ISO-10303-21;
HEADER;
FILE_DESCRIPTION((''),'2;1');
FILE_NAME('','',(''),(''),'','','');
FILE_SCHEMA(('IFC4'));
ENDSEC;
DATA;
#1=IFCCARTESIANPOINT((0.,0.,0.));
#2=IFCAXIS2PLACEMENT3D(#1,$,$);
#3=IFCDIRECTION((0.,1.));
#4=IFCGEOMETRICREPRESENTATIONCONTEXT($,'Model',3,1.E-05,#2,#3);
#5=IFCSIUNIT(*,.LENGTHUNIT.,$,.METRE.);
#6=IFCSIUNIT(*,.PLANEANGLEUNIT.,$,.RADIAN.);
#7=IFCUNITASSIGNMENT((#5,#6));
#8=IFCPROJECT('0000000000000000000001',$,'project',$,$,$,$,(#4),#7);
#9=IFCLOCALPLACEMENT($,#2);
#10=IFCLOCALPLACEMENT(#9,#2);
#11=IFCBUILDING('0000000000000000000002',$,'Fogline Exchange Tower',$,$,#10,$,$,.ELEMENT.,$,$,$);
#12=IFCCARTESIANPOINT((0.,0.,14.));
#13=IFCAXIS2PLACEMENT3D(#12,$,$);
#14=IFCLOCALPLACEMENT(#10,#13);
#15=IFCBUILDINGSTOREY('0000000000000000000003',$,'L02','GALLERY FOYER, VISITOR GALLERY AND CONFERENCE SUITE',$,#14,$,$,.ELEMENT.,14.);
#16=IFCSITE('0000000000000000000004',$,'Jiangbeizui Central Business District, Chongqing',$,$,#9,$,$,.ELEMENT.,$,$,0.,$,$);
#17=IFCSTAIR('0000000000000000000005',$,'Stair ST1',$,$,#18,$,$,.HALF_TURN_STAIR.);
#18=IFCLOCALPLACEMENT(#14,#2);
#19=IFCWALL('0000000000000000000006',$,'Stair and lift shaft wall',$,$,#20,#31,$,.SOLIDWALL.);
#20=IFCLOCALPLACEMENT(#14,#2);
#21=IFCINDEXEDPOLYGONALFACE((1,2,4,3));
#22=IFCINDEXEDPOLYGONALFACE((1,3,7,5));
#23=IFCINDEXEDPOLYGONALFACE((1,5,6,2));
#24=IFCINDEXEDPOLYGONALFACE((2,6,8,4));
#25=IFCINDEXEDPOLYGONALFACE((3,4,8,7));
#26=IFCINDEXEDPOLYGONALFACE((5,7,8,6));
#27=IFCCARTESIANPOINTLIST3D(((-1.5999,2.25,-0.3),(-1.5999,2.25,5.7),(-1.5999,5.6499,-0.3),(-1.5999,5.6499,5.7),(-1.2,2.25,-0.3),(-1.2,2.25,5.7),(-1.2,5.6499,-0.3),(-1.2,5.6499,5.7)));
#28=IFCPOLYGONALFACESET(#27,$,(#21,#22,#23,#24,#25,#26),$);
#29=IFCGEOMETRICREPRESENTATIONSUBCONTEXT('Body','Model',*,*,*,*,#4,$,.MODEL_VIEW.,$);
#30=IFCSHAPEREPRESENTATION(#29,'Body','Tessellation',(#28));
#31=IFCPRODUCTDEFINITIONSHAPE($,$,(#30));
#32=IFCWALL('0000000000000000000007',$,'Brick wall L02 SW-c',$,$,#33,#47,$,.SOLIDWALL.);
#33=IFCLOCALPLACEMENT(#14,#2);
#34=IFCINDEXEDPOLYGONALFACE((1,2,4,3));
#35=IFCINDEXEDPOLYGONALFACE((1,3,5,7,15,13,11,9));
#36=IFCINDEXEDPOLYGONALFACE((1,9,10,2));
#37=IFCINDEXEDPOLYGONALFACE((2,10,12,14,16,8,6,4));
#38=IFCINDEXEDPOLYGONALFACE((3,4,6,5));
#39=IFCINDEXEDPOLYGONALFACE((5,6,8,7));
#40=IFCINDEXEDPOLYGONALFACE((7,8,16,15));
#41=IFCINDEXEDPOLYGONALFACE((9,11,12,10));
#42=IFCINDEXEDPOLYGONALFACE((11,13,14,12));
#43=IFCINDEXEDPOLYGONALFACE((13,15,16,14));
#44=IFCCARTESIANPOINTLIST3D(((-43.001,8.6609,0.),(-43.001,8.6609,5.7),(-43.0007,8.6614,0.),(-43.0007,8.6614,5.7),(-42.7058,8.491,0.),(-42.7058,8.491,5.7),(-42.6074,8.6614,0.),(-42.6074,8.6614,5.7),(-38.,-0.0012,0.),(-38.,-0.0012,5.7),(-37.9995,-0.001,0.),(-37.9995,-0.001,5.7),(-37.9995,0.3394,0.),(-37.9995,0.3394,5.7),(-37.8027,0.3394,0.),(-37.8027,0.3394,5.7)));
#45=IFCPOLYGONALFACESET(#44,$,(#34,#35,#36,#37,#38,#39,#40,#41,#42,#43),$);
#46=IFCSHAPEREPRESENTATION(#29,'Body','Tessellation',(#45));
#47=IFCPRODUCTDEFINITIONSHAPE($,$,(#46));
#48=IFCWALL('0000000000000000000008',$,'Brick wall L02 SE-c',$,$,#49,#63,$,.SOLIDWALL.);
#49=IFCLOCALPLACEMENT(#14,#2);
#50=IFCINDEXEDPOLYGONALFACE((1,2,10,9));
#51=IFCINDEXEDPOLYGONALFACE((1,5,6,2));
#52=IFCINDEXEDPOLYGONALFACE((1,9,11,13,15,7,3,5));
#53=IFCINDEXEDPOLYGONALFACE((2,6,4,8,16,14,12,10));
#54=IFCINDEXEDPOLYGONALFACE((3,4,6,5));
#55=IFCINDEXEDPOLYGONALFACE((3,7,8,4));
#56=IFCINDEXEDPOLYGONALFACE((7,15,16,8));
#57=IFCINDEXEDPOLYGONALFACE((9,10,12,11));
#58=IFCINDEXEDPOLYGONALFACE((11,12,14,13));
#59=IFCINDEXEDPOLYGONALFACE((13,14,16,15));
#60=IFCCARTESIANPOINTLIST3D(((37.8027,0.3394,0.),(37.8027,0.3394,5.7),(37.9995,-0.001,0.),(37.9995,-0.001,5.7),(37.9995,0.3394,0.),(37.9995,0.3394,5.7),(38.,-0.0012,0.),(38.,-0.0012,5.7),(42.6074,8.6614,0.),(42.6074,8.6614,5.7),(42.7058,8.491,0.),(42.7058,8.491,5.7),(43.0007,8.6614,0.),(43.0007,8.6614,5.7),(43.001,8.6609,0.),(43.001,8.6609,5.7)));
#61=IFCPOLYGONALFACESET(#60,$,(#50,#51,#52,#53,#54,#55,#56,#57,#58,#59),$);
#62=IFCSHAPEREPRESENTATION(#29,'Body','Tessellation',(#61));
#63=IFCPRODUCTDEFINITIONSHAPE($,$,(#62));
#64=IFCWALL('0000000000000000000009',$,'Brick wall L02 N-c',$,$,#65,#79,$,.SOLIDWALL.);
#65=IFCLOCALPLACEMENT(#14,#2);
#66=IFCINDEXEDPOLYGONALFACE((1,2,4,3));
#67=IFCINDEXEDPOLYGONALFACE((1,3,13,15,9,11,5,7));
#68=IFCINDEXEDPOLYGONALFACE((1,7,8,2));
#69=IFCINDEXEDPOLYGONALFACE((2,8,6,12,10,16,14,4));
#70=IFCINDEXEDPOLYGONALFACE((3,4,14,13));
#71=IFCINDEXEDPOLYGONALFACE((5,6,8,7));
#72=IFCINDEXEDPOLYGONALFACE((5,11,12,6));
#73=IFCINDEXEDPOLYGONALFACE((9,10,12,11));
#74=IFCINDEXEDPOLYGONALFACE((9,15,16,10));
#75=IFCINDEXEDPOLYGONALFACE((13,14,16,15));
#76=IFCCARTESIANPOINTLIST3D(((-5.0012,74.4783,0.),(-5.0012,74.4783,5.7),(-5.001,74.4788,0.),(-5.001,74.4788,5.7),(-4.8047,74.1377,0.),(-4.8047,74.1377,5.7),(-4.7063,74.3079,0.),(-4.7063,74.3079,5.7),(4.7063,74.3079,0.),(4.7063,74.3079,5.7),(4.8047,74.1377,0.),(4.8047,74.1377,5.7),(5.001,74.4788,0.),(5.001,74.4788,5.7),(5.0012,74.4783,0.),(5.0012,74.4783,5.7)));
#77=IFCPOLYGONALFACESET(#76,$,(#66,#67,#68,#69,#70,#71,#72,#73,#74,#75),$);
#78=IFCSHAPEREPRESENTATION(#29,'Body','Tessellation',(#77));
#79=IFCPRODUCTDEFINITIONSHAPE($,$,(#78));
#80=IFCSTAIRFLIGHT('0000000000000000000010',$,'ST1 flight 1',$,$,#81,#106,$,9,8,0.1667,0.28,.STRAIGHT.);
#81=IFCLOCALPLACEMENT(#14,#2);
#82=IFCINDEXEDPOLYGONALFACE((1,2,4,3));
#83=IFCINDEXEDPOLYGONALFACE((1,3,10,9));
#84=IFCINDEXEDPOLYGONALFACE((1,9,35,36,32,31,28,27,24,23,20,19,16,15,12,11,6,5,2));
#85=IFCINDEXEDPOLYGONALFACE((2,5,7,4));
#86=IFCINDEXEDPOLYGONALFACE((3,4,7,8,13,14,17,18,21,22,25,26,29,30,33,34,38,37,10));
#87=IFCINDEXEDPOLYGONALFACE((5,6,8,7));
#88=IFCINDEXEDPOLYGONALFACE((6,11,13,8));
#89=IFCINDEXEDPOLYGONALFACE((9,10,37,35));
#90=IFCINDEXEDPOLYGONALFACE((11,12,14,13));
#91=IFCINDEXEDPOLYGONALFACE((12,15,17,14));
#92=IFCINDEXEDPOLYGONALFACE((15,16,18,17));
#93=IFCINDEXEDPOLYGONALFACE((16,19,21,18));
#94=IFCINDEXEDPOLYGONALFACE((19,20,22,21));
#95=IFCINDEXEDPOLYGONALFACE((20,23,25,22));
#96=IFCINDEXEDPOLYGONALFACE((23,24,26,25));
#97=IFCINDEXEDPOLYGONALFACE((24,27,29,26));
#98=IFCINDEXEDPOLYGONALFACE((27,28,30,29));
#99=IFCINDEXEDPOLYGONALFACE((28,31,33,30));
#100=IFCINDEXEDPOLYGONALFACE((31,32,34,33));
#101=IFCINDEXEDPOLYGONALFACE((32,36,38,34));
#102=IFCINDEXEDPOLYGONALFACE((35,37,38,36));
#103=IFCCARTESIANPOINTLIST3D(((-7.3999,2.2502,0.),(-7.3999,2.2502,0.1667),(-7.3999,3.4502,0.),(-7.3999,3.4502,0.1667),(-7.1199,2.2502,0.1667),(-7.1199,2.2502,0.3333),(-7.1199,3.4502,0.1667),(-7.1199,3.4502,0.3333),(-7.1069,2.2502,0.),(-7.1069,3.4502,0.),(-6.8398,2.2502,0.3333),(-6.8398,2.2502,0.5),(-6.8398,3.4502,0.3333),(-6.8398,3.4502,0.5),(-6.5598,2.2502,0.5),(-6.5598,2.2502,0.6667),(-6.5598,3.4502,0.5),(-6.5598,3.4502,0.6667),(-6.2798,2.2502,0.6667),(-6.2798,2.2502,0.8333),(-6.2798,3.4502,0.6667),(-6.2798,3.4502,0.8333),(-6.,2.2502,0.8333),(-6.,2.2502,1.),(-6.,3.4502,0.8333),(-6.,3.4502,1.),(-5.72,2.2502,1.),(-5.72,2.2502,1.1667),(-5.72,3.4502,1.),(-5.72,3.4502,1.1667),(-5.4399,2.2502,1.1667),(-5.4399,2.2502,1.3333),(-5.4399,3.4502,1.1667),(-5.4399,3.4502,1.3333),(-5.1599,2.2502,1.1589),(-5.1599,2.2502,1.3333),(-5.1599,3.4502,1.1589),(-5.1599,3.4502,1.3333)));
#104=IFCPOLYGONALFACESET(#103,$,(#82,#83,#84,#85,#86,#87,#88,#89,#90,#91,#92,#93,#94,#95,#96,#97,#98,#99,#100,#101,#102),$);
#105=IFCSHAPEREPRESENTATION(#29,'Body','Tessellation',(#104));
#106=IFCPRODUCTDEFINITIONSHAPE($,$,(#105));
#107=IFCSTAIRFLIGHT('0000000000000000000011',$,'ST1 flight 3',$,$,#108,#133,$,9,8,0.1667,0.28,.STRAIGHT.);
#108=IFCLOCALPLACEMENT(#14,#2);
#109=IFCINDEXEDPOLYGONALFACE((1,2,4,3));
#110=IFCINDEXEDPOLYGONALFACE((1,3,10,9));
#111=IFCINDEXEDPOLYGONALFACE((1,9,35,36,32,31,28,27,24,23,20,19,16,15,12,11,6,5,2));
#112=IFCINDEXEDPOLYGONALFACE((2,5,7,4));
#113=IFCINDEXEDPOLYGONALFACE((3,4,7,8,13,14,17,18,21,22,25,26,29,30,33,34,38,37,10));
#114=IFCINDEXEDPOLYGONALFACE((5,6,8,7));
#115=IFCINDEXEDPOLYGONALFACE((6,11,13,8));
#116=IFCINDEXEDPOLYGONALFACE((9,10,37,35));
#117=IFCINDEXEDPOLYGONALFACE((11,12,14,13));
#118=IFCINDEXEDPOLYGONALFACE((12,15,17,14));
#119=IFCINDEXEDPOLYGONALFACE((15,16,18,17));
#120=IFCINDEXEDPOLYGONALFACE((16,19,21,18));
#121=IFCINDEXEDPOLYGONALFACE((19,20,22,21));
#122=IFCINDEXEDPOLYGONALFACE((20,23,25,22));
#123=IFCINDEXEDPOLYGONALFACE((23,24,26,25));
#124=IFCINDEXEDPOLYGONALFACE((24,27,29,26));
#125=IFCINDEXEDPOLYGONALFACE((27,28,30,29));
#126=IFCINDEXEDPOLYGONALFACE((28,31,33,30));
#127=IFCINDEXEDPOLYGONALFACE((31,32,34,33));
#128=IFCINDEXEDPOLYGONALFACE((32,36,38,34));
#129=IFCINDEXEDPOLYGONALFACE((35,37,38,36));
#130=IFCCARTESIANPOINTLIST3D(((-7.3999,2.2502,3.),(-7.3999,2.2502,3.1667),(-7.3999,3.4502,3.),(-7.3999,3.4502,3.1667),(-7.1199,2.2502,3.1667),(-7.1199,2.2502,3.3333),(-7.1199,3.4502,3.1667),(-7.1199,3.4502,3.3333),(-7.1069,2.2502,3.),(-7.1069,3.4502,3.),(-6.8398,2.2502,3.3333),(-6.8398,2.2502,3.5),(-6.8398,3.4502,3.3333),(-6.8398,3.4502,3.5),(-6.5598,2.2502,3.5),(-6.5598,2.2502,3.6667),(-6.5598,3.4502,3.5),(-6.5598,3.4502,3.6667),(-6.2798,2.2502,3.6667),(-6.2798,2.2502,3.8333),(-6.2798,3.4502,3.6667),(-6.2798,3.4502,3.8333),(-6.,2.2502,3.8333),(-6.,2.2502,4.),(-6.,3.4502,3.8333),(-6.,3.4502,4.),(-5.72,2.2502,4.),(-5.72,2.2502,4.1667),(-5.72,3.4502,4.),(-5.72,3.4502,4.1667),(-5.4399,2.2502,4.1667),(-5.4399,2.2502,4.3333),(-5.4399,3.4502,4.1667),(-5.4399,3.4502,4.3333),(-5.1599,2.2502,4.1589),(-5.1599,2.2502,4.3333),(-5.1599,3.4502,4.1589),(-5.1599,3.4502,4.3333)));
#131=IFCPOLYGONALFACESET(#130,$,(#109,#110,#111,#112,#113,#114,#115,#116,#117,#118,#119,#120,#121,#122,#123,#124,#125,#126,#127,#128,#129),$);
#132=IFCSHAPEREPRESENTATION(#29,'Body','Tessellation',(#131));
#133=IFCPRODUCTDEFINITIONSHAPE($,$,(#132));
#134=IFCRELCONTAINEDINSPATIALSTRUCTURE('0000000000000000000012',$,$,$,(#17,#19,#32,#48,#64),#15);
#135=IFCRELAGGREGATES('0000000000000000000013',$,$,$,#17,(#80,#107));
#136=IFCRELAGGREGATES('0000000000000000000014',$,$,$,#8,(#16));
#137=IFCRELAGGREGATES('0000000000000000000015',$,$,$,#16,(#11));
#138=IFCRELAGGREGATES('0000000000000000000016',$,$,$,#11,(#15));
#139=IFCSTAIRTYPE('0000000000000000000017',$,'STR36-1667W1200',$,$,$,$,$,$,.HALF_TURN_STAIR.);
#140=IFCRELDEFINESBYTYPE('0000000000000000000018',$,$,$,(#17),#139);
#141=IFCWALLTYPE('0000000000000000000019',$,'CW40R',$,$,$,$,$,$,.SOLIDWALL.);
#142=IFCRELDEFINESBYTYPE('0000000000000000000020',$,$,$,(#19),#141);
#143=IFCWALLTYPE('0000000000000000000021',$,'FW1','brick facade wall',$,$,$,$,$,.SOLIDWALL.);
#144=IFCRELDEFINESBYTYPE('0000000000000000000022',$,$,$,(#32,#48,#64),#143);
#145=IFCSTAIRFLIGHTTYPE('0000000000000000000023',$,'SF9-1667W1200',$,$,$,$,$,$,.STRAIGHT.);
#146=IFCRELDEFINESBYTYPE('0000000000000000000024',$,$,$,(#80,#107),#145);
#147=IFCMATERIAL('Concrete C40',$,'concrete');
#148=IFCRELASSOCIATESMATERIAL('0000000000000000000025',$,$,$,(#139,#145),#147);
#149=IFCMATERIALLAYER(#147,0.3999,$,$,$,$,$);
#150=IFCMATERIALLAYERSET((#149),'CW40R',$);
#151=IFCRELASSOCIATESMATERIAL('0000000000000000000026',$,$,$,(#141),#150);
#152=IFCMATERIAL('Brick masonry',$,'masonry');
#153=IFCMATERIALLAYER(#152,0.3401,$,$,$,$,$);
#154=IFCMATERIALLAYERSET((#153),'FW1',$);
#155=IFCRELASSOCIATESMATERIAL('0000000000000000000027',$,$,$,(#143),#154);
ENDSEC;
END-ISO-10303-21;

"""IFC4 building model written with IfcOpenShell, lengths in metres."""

from ifc_helpers import new_model, si_unit, direction, frame, frame_2d, origin, place, context, subcontext, project, spatial, polyline, rectangle, outline, extrude, material, layer, layer_set, type_object, element, aggregate, save


model = new_model("IFC4")

# Units and contexts
model_context = context("Model", 3, precision=1e-05, world=origin(), true_north=direction((0.0, 1.0)))
body_context = subcontext(model_context, "Body", "Model", "MODEL_VIEW")
ifc_project = project(units=[si_unit("LENGTHUNIT", "METRE"), si_unit("PLANEANGLEUNIT", "RADIAN")], contexts=[model_context])

# Site, building, storey
site_placement = place(None, origin())
site = spatial("IfcSite", under=ifc_project, at=site_placement, Name="Jiangbeizui Central Business District, Chongqing", CompositionType="ELEMENT", RefElevation=0.0)
building_placement = place(site_placement, origin())
building = spatial("IfcBuilding", under=site, at=building_placement, Name="Fogline Exchange Tower", CompositionType="ELEMENT")
storey_placement = place(building_placement, frame((0.0, 0.0, 14.0)))
storey = spatial("IfcBuildingStorey", under=building, at=storey_placement, Name="L02", Description="GALLERY FOYER, VISITOR GALLERY AND CONFERENCE SUITE", CompositionType="ELEMENT", Elevation=14.0)

# Shared definitions
ifc_material_1 = material(Name="Concrete C40", Category="concrete")

# Stair
stair_type = type_object("IfcStairType", Name="STR36-1667W1200", PredefinedType="HALF_TURN_STAIR", material=ifc_material_1)
stair_placement = place(storey_placement, origin())
stair = element("IfcStair", 1, at=stair_placement, inside=storey, type_object=stair_type, Name="Stair ST1", PredefinedType="HALF_TURN_STAIR")

# Walls
ifc_layer_1 = layer(ifc_material_1, 0.3999)
ifc_layer_set_1 = layer_set([ifc_layer_1], Name="CW40R")
wall_type_1 = type_object("IfcWallType", Name="CW40R", PredefinedType="SOLIDWALL", material=ifc_layer_set_1)
wall_1_placement = place(storey_placement, frame((-1.3999, 2.25, -0.3), z_axis=(0.0, 0.0, 1.0), x_axis=(0.0, 1.0, 0.0)))
element("IfcWall", 2, at=wall_1_placement, inside=storey, type_object=wall_type_1, Name="Stair and lift shaft wall", PredefinedType="SOLIDWALL", context=body_context, shape_type="SweptSolid", body=[
    extrude(rectangle(XDim=3.3999, YDim=0.3999, at=frame_2d((1.7, 0.0))), origin(), (0.0, 0.0, 1.0), 6.0),
])
ifc_material_2 = material(Name="Brick masonry", Category="masonry")
ifc_layer_2 = layer(ifc_material_2, 0.3401)
ifc_layer_set_2 = layer_set([ifc_layer_2], Name="FW1")
wall_type_2 = type_object("IfcWallType", Name="FW1", Description="brick facade wall", PredefinedType="SOLIDWALL", material=ifc_layer_set_2)
wall_2_placement = place(storey_placement, origin())
element("IfcWall", 3, at=wall_2_placement, inside=storey, type_object=wall_type_2, Name="Brick wall L02 SW-c", PredefinedType="SOLIDWALL", context=body_context, shape_type="SweptSolid", body=[
    extrude(outline(polyline([(-43.0007, 8.6614), (-42.7058, 8.491), (-42.6074, 8.6614), (-37.8027, 0.3394), (-37.9995, 0.3394), (-37.9995, -0.001), (-38.0, -0.0012), (-43.001, 8.6609), (-43.0007, 8.6614)])), origin(), (0.0, 0.0, 1.0), 5.7),
])
wall_3_placement = place(storey_placement, origin())
element("IfcWall", 4, at=wall_3_placement, inside=storey, type_object=wall_type_2, Name="Brick wall L02 SE-c", PredefinedType="SOLIDWALL", context=body_context, shape_type="SweptSolid", body=[
    extrude(outline(polyline([(37.9995, -0.001), (37.9995, 0.3394), (37.8027, 0.3394), (42.6074, 8.6614), (42.7058, 8.491), (43.0007, 8.6614), (43.001, 8.6609), (38.0, -0.0012), (37.9995, -0.001)])), origin(), (0.0, 0.0, 1.0), 5.7),
])
wall_4_placement = place(storey_placement, origin())
element("IfcWall", 5, at=wall_4_placement, inside=storey, type_object=wall_type_2, Name="Brick wall L02 N-c", PredefinedType="SOLIDWALL", context=body_context, shape_type="SweptSolid", body=[
    extrude(outline(polyline([(5.0012, 74.4783), (4.7063, 74.3079), (4.8047, 74.1377), (-4.8047, 74.1377), (-4.7063, 74.3079), (-5.0012, 74.4783), (-5.001, 74.4788), (5.001, 74.4788), (5.0012, 74.4783)])), origin(), (0.0, 0.0, 1.0), 5.7),
])

# Stair flights
stair_flight_type = type_object("IfcStairFlightType", Name="SF9-1667W1200", PredefinedType="STRAIGHT", material=ifc_material_1)
stair_flight_1_placement = place(storey_placement, frame((-7.3999, 2.8501, 0.0), z_axis=(0.0, 0.0, 1.0), x_axis=(1.0, 0.0, 0.0)))
stair_flight_1 = element("IfcStairFlight", 6, at=stair_flight_1_placement, type_object=stair_flight_type, Name="ST1 flight 1", NumberOfRisers=9, NumberOfTreads=8, PredefinedType="STRAIGHT", RiserHeight=0.1667, TreadLength=0.28, context=body_context, shape_type="SweptSolid", body=[
    extrude(outline(polyline([(0.0, 0.0), (0.0, 0.1667), (0.28, 0.1667), (0.28, 0.3333), (0.5601, 0.3333), (0.5601, 0.5), (0.8401, 0.5), (0.8401, 0.6667), (1.1201, 0.6667), (1.1201, 0.8333), (1.3999, 0.8333), (1.3999, 1.0), (1.6799, 1.0), (1.6799, 1.1667), (1.96, 1.1667), (1.96, 1.3333), (2.24, 1.3333), (2.24, 1.5), (2.24, 1.1589), (0.293, 0.0), (0.0, 0.0)])), frame((0.0, 0.6001, 0.0), z_axis=(0.0, -1.0, 0.0), x_axis=(1.0, 0.0, 0.0)), (0.0, 0.0, 1.0), 1.2),
])
stair_flight_2_placement = place(storey_placement, frame((-7.3999, 2.8501, 3.0), z_axis=(0.0, 0.0, 1.0), x_axis=(1.0, 0.0, 0.0)))
stair_flight_2 = element("IfcStairFlight", 7, at=stair_flight_2_placement, type_object=stair_flight_type, Name="ST1 flight 3", NumberOfRisers=9, NumberOfTreads=8, PredefinedType="STRAIGHT", RiserHeight=0.1667, TreadLength=0.28, context=body_context, shape_type="SweptSolid", body=[
    extrude(outline(polyline([(0.0, 0.0), (0.0, 0.1667), (0.28, 0.1667), (0.28, 0.3333), (0.5601, 0.3333), (0.5601, 0.5), (0.8401, 0.5), (0.8401, 0.6667), (1.1201, 0.6667), (1.1201, 0.8333), (1.3999, 0.8333), (1.3999, 1.0), (1.6799, 1.0), (1.6799, 1.1667), (1.96, 1.1667), (1.96, 1.3333), (2.24, 1.3333), (2.24, 1.5), (2.24, 1.1589), (0.293, 0.0), (0.0, 0.0)])), frame((0.0, 0.6001, 0.0), z_axis=(0.0, -1.0, 0.0), x_axis=(1.0, 0.0, 0.0)), (0.0, 0.0, 1.0), 1.2),
])
aggregate(stair, [stair_flight_1, stair_flight_2])

save(model, "model.ifc")
